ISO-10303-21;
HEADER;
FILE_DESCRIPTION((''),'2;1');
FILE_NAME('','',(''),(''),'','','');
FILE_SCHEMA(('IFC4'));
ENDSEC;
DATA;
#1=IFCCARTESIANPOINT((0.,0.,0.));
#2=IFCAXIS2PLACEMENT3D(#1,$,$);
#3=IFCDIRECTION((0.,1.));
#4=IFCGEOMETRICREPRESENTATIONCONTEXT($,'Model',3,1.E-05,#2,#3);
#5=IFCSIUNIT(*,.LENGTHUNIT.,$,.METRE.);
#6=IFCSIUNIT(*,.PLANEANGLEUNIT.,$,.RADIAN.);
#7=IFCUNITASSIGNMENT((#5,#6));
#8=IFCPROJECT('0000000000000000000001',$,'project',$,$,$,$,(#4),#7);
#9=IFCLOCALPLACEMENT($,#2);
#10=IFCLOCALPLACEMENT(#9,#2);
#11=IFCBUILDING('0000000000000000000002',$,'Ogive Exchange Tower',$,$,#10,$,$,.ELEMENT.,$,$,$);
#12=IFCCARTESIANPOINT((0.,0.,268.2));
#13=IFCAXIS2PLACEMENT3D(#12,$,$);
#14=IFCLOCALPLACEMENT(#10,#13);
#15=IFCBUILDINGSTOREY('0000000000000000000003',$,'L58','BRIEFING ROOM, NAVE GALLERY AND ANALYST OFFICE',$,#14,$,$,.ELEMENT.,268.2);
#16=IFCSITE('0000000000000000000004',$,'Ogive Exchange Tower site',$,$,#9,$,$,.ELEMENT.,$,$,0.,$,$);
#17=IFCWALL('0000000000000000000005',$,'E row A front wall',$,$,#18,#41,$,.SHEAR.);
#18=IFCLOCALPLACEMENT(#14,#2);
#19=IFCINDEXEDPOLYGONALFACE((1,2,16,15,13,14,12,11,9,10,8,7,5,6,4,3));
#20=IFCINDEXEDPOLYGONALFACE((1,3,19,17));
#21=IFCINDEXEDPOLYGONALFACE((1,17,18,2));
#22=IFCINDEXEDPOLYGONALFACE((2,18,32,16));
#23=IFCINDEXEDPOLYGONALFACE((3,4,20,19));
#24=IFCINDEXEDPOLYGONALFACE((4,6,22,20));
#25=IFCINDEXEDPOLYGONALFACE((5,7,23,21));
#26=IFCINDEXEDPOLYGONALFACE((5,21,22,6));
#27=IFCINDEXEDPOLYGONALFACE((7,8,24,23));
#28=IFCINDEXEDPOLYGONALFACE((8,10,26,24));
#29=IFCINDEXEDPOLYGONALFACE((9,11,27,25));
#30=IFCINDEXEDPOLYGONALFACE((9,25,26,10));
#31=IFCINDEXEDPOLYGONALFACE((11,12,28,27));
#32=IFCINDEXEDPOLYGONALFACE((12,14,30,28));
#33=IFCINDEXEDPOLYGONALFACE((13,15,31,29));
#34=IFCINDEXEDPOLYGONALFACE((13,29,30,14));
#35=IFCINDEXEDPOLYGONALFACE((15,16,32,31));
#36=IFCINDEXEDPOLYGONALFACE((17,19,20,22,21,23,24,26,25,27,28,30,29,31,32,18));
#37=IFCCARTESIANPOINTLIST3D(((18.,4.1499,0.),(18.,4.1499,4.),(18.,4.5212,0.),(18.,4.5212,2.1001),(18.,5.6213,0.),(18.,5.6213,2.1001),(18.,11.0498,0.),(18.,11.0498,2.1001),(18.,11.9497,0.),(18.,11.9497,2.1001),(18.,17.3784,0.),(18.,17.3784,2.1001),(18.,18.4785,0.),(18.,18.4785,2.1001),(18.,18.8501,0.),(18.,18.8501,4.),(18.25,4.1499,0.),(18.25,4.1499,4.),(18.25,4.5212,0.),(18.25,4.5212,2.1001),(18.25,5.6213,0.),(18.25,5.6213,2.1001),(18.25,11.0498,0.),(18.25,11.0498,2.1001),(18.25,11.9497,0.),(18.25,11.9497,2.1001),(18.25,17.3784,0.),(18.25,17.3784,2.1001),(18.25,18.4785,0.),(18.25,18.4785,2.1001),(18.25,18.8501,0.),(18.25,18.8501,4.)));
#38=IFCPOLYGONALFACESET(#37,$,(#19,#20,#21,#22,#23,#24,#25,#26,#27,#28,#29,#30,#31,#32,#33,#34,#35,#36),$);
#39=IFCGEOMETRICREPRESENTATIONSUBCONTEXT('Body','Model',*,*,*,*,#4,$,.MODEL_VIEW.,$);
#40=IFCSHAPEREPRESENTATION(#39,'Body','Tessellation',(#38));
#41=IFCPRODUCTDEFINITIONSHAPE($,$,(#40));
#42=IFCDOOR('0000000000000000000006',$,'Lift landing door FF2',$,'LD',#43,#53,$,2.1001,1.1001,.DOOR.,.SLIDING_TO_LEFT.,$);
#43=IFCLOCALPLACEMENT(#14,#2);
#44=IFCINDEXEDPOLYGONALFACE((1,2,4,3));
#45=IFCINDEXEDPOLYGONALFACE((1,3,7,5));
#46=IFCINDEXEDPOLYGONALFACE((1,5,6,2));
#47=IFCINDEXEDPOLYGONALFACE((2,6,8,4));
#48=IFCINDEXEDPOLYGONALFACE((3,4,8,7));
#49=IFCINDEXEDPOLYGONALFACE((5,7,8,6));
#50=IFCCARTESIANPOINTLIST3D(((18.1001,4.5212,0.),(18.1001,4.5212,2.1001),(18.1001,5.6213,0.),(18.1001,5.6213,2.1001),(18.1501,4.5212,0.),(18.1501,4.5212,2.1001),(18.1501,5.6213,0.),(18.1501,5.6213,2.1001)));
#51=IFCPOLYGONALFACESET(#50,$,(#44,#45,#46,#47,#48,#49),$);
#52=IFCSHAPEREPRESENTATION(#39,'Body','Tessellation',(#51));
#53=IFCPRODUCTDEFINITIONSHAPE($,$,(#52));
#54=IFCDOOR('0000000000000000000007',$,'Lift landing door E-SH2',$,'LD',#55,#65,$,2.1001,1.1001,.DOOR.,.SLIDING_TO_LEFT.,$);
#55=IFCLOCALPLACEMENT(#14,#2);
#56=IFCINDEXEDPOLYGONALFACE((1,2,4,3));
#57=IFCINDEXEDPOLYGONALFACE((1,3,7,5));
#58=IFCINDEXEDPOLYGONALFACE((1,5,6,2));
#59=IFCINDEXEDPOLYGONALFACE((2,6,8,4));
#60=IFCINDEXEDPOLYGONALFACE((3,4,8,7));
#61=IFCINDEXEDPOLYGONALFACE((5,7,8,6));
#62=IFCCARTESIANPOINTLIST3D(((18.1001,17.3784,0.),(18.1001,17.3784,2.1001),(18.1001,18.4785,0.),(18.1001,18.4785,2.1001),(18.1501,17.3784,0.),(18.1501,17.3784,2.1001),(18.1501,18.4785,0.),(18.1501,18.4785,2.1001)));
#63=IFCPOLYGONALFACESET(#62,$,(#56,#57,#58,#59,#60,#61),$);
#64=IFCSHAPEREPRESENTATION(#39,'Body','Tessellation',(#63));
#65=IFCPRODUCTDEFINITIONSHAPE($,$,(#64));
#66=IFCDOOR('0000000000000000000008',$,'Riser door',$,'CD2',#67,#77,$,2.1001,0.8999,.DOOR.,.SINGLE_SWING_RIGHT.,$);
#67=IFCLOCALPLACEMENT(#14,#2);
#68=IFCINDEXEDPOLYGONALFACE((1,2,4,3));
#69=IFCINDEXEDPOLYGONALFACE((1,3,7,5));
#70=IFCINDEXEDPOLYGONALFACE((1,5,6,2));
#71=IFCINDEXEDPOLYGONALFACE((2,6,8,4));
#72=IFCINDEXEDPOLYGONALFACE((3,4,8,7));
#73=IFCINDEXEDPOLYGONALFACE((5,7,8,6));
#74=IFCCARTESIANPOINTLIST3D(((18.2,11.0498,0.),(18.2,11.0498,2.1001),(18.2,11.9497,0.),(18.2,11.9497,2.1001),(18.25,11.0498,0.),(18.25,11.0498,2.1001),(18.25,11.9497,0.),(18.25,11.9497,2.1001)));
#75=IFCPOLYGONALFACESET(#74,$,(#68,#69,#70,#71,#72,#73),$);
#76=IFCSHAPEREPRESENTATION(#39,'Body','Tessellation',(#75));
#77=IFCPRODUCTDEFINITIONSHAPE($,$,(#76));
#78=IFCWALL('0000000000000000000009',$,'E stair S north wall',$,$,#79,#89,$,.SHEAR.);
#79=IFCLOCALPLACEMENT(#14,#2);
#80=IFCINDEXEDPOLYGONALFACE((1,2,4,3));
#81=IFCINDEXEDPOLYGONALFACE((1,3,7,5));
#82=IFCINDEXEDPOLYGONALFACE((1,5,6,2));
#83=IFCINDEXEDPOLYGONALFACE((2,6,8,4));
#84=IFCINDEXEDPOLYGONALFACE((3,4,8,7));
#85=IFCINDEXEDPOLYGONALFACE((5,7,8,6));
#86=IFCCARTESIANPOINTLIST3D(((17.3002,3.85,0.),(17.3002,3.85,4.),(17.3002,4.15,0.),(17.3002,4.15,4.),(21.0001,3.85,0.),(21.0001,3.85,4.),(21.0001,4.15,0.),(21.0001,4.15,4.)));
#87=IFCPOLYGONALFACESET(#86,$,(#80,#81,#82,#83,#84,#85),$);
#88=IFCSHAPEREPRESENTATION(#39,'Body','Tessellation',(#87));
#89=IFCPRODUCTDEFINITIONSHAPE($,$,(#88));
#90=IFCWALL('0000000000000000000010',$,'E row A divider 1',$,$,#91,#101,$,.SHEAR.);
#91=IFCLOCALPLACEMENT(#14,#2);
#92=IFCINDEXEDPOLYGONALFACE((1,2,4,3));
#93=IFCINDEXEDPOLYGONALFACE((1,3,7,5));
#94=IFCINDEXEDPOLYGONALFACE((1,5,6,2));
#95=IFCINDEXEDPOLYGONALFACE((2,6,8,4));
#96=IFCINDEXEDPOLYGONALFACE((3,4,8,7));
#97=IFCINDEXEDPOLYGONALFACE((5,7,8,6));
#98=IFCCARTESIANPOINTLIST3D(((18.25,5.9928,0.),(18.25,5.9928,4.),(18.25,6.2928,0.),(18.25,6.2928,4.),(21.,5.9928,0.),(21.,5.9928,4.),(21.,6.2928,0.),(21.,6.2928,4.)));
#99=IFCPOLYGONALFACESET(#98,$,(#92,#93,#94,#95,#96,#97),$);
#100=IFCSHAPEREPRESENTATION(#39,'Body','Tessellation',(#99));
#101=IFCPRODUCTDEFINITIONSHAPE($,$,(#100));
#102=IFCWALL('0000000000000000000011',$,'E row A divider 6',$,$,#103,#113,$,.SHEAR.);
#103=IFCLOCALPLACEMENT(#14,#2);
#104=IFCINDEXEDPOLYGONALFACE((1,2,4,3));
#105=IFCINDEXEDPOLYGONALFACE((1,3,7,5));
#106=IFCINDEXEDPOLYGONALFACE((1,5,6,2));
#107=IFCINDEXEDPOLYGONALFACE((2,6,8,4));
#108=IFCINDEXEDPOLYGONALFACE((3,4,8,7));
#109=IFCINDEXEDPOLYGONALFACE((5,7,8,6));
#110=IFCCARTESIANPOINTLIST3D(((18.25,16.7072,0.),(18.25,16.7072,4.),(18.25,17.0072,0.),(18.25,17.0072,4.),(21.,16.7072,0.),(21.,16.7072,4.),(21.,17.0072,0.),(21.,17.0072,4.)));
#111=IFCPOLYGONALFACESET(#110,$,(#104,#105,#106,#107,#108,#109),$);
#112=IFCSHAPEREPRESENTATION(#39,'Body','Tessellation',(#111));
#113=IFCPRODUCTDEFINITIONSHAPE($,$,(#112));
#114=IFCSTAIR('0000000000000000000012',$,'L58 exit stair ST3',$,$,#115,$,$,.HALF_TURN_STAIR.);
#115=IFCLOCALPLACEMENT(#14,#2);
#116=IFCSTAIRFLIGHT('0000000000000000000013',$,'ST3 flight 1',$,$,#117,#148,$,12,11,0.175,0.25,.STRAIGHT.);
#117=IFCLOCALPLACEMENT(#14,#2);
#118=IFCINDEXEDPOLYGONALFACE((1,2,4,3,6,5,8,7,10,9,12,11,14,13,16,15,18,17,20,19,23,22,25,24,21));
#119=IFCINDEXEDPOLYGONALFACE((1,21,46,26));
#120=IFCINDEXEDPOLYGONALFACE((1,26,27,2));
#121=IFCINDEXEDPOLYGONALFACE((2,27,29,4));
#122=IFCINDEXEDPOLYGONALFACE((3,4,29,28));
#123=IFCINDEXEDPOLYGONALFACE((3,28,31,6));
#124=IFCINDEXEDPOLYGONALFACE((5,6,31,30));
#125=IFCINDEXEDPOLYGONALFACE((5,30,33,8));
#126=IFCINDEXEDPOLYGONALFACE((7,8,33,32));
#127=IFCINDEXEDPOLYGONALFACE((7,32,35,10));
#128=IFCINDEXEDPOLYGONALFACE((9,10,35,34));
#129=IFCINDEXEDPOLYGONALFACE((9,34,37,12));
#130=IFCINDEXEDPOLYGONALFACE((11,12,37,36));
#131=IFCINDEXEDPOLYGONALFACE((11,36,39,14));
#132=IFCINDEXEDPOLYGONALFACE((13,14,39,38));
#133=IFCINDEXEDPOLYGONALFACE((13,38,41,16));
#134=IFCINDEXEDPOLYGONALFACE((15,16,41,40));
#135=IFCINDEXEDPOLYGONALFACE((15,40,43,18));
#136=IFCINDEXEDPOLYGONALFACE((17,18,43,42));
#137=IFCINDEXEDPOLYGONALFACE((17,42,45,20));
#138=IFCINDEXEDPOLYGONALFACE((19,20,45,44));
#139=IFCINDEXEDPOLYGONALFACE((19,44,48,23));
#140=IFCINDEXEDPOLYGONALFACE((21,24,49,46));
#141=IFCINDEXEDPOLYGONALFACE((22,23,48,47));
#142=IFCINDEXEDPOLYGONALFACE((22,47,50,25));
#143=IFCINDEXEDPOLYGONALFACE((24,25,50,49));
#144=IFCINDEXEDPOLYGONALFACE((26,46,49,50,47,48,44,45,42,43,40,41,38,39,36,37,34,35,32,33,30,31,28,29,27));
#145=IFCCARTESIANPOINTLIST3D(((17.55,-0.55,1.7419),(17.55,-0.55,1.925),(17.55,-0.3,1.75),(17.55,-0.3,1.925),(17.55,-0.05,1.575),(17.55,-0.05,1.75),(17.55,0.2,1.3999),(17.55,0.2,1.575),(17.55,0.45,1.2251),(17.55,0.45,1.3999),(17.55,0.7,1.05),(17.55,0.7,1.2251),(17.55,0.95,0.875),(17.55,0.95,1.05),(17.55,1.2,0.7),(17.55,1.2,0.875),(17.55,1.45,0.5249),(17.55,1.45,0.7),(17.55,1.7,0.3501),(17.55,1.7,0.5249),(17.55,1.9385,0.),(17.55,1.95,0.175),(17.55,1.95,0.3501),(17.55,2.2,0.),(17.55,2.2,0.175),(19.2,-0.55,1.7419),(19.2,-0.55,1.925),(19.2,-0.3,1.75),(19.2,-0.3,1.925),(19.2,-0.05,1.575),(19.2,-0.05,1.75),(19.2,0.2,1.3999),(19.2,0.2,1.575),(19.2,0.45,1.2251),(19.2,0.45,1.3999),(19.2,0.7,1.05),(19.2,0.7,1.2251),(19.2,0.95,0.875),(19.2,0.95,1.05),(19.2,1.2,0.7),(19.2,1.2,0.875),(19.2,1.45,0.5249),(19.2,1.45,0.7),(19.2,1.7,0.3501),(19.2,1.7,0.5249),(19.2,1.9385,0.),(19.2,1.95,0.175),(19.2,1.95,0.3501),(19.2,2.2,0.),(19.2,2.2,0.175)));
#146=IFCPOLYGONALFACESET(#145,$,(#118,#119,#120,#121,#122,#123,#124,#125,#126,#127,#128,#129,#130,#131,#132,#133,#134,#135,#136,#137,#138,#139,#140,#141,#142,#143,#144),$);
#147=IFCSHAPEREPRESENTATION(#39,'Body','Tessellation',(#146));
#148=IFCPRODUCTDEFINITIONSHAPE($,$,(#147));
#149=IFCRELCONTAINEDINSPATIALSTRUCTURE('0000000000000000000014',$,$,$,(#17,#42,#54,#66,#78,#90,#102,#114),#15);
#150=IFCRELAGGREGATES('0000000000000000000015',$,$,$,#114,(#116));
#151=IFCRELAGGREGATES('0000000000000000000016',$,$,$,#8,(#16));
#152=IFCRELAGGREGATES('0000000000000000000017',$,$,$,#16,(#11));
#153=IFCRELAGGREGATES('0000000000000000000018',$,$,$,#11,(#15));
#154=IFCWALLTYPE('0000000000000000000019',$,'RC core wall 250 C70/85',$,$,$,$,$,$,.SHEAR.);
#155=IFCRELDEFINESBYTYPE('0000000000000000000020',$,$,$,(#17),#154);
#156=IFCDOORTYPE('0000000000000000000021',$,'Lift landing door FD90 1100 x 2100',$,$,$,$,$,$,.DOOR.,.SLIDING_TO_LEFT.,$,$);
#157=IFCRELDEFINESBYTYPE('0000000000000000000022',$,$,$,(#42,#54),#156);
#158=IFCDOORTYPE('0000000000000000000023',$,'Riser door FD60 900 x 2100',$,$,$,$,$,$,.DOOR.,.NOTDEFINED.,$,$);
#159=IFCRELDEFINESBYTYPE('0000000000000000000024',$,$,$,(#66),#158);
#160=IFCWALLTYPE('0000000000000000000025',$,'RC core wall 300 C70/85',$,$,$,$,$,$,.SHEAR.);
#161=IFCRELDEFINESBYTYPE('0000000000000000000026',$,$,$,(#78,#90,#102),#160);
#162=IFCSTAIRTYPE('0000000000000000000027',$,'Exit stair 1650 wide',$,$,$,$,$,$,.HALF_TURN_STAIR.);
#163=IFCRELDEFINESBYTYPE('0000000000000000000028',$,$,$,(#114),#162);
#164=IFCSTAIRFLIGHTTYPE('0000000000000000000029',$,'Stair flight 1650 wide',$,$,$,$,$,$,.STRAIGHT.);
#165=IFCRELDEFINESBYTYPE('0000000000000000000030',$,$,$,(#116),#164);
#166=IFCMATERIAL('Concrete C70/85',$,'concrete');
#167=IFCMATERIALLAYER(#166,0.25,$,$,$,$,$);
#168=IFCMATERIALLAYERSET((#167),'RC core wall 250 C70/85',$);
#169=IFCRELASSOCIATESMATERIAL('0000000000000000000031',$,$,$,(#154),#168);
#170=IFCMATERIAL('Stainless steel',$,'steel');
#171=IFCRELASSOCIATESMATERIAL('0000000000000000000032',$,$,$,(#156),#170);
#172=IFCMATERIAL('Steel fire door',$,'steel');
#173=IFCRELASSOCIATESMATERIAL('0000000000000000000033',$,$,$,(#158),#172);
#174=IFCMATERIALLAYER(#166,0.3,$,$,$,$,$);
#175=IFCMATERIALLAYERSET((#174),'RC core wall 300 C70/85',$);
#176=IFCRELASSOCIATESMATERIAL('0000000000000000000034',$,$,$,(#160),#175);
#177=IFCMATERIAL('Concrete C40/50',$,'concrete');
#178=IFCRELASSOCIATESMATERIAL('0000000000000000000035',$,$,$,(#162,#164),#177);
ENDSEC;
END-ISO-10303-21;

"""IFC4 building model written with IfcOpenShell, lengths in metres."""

from ifc_helpers import new_model, si_unit, direction, frame, frame_2d, origin, place, context, subcontext, project, spatial, polyline, rectangle, outline, extrude, material, layer, layer_set, type_object, element, fill, aggregate, save


model = new_model("IFC4")

# Units and contexts
model_context = context("Model", 3, precision=1e-05, world=origin(), true_north=direction((0.0, 1.0)))
body_context = subcontext(model_context, "Body", "Model", "MODEL_VIEW")
ifc_project = project(units=[si_unit("LENGTHUNIT", "METRE"), si_unit("PLANEANGLEUNIT", "RADIAN")], contexts=[model_context])

# Site, building, storey
site_placement = place(None, origin())
site = spatial("IfcSite", under=ifc_project, at=site_placement, Name="Ogive Exchange Tower site", CompositionType="ELEMENT", RefElevation=0.0)
building_placement = place(site_placement, origin())
building = spatial("IfcBuilding", under=site, at=building_placement, Name="Ogive Exchange Tower", CompositionType="ELEMENT")
storey_placement = place(building_placement, frame((0.0, 0.0, 268.2)))
storey = spatial("IfcBuildingStorey", under=building, at=storey_placement, Name="L58", Description="BRIEFING ROOM, NAVE GALLERY AND ANALYST OFFICE", CompositionType="ELEMENT", Elevation=268.2)

# Wall, openings, doors
ifc_material_1 = material(Name="Concrete C70/85", Category="concrete")
ifc_layer_1 = layer(ifc_material_1, 0.25)
ifc_layer_set_1 = layer_set([ifc_layer_1], Name="RC core wall 250 C70/85")
wall_type_1 = type_object("IfcWallType", Name="RC core wall 250 C70/85", PredefinedType="SHEAR", material=ifc_layer_set_1)
wall_1_placement = place(storey_placement, frame((18.125, 4.1499, 0.0), z_axis=(0.0, 0.0, 1.0), x_axis=(0.0, 1.0, 0.0)))
wall_1 = element("IfcWall", 1, at=wall_1_placement, inside=storey, type_object=wall_type_1, Name="E row A front wall", PredefinedType="SHEAR", context=body_context, shape_type="SweptSolid", body=[
    extrude(rectangle(XDim=14.7002, YDim=0.25, at=frame_2d((7.3501, 0.0))), origin(), (0.0, 0.0, 1.0), 4.0),
])
opening_1_placement = place(wall_1_placement, frame((6.8999, 0.0, 0.0)))
opening_1 = element("IfcOpeningElement", 2, at=opening_1_placement, cuts=wall_1, PredefinedType="OPENING", context=body_context, shape_type="SweptSolid", body=[
    extrude(rectangle(XDim=0.8999, YDim=2.1001, at=frame_2d((0.45, 1.05))), frame((0.0, 0.135, 0.0), z_axis=(0.0, -1.0, 0.0), x_axis=(1.0, 0.0, 0.0)), (0.0, 0.0, 1.0), 0.27),
])
opening_2_placement = place(wall_1_placement, frame((0.3713, 0.0, 0.0)))
opening_2 = element("IfcOpeningElement", 3, at=opening_2_placement, cuts=wall_1, PredefinedType="OPENING", context=body_context, shape_type="SweptSolid", body=[
    extrude(rectangle(XDim=1.1001, YDim=2.1001, at=frame_2d((0.55, 1.05))), frame((0.0, 0.135, 0.0), z_axis=(0.0, -1.0, 0.0), x_axis=(1.0, 0.0, 0.0)), (0.0, 0.0, 1.0), 0.27),
])
opening_3_placement = place(wall_1_placement, frame((13.2285, 0.0, 0.0)))
opening_3 = element("IfcOpeningElement", 4, at=opening_3_placement, cuts=wall_1, PredefinedType="OPENING", context=body_context, shape_type="SweptSolid", body=[
    extrude(rectangle(XDim=1.1001, YDim=2.1001, at=frame_2d((0.55, 1.05))), frame((0.0, 0.135, 0.0), z_axis=(0.0, -1.0, 0.0), x_axis=(1.0, 0.0, 0.0)), (0.0, 0.0, 1.0), 0.27),
])
ifc_material_2 = material(Name="Stainless steel", Category="steel")
door_type_1 = type_object("IfcDoorType", Name="Lift landing door FD90 1100 x 2100", OperationType="SLIDING_TO_LEFT", PredefinedType="DOOR", material=ifc_material_2)
door_1_placement = place(opening_2_placement, origin())
door_1 = element("IfcDoor", 5, at=door_1_placement, inside=storey, type_object=door_type_1, Name="Lift landing door FF2", ObjectType="LD", OperationType="SLIDING_TO_LEFT", OverallHeight=2.1001, OverallWidth=1.1001, PredefinedType="DOOR", context=body_context, shape_type="SweptSolid", body=[
    extrude(rectangle(XDim=1.1001, YDim=2.1001, at=frame_2d((0.55, 1.05))), frame((0.0, 0.0249, 0.0), z_axis=(0.0, -1.0, 0.0), x_axis=(1.0, 0.0, 0.0)), (0.0, 0.0, 1.0), 0.05),
])
fill(opening_2, door_1)
door_2_placement = place(opening_3_placement, origin())
door_2 = element("IfcDoor", 6, at=door_2_placement, inside=storey, type_object=door_type_1, Name="Lift landing door E-SH2", ObjectType="LD", OperationType="SLIDING_TO_LEFT", OverallHeight=2.1001, OverallWidth=1.1001, PredefinedType="DOOR", context=body_context, shape_type="SweptSolid", body=[
    extrude(rectangle(XDim=1.1001, YDim=2.1001, at=frame_2d((0.55, 1.05))), frame((0.0, 0.0249, 0.0), z_axis=(0.0, -1.0, 0.0), x_axis=(1.0, 0.0, 0.0)), (0.0, 0.0, 1.0), 0.05),
])
fill(opening_3, door_2)
ifc_material_3 = material(Name="Steel fire door", Category="steel")
door_type_2 = type_object("IfcDoorType", Name="Riser door FD60 900 x 2100", OperationType="NOTDEFINED", PredefinedType="DOOR", material=ifc_material_3)
door_3_placement = place(opening_1_placement, frame((0.8999, -0.2002, 0.0), z_axis=(0.0, 0.0, 1.0), x_axis=(-1.0, 0.0, 0.0)))
door_3 = element("IfcDoor", 7, at=door_3_placement, inside=storey, type_object=door_type_2, Name="Riser door", ObjectType="CD2", OperationType="SINGLE_SWING_RIGHT", OverallHeight=2.1001, OverallWidth=0.8999, PredefinedType="DOOR", context=body_context, shape_type="SweptSolid", body=[
    extrude(rectangle(XDim=0.8999, YDim=2.1001, at=frame_2d((0.45, 1.05))), frame((0.0, -0.0752, 0.0), z_axis=(0.0, -1.0, 0.0), x_axis=(1.0, 0.0, 0.0)), (0.0, 0.0, 1.0), 0.05),
])
fill(opening_1, door_3)

# Walls
ifc_layer_2 = layer(ifc_material_1, 0.3)
ifc_layer_set_2 = layer_set([ifc_layer_2], Name="RC core wall 300 C70/85")
wall_type_2 = type_object("IfcWallType", Name="RC core wall 300 C70/85", PredefinedType="SHEAR", material=ifc_layer_set_2)
wall_2_placement = place(storey_placement, frame((17.3, 4.0, 0.0), z_axis=(0.0, 0.0, 1.0), x_axis=(1.0, 0.0, 0.0)))
element("IfcWall", 8, at=wall_2_placement, inside=storey, type_object=wall_type_2, Name="E stair S north wall", PredefinedType="SHEAR", context=body_context, shape_type="SweptSolid", body=[
    extrude(rectangle(XDim=3.7, YDim=0.3, at=frame_2d((1.8501, 0.0))), origin(), (0.0, 0.0, 1.0), 4.0),
])
for number, where, z_axis, x_axis, name in (
    (9, (18.25, 6.1428, 0.0), (0.0, 0.0, 1.0), (1.0, 0.0, 0.0), "E row A divider 1"),
    (10, (18.25, 16.8572, 0.0), (0.0, 0.0, 1.0), (1.0, 0.0, 0.0), "E row A divider 6"),
):
    element("IfcWall", number, at=place(storey_placement, frame(where, z_axis=z_axis, x_axis=x_axis)), inside=storey, type_object=wall_type_2, Name=name, PredefinedType="SHEAR", context=body_context, shape_type="SweptSolid", body=[
        extrude(rectangle(XDim=2.75, YDim=0.3, at=frame_2d((1.375, 0.0))), origin(), (0.0, 0.0, 1.0), 4.0),
    ])

# Stair, stair flight
ifc_material_4 = material(Name="Concrete C40/50", Category="concrete")
stair_type = type_object("IfcStairType", Name="Exit stair 1650 wide", PredefinedType="HALF_TURN_STAIR", material=ifc_material_4)
stair_placement = place(storey_placement, origin())
stair = element("IfcStair", 11, at=stair_placement, inside=storey, type_object=stair_type, Name="L58 exit stair ST3", PredefinedType="HALF_TURN_STAIR")
stair_flight_type = type_object("IfcStairFlightType", Name="Stair flight 1650 wide", PredefinedType="STRAIGHT", material=ifc_material_4)
stair_flight_1_placement = place(storey_placement, frame((18.375, 2.2, 0.0), z_axis=(0.0, 0.0, 1.0), x_axis=(0.0, -1.0, 0.0)))
stair_flight_1 = element("IfcStairFlight", 12, at=stair_flight_1_placement, type_object=stair_flight_type, Name="ST3 flight 1", NumberOfRisers=12, NumberOfTreads=11, PredefinedType="STRAIGHT", RiserHeight=0.175, TreadLength=0.25, context=body_context, shape_type="SweptSolid", body=[
    extrude(outline(polyline([(0.0, 0.0), (0.0, 0.175), (0.25, 0.175), (0.25, 0.3501), (0.5, 0.3501), (0.5, 0.5249), (0.75, 0.5249), (0.75, 0.7), (1.0, 0.7), (1.0, 0.875), (1.25, 0.875), (1.25, 1.05), (1.5, 1.05), (1.5, 1.2251), (1.75, 1.2251), (1.75, 1.3999), (2.0, 1.3999), (2.0, 1.575), (2.25, 1.575), (2.25, 1.75), (2.5, 1.75), (2.5, 1.925), (2.75, 1.925), (2.75, 2.1001), (2.75, 1.7419), (0.2615, 0.0), (0.0, 0.0)])), frame((0.0, 0.825, 0.0), z_axis=(0.0, -1.0, 0.0), x_axis=(1.0, 0.0, 0.0)), (0.0, 0.0, 1.0), 1.6499),
])
aggregate(stair, [stair_flight_1])

save(model, "model.ifc")
